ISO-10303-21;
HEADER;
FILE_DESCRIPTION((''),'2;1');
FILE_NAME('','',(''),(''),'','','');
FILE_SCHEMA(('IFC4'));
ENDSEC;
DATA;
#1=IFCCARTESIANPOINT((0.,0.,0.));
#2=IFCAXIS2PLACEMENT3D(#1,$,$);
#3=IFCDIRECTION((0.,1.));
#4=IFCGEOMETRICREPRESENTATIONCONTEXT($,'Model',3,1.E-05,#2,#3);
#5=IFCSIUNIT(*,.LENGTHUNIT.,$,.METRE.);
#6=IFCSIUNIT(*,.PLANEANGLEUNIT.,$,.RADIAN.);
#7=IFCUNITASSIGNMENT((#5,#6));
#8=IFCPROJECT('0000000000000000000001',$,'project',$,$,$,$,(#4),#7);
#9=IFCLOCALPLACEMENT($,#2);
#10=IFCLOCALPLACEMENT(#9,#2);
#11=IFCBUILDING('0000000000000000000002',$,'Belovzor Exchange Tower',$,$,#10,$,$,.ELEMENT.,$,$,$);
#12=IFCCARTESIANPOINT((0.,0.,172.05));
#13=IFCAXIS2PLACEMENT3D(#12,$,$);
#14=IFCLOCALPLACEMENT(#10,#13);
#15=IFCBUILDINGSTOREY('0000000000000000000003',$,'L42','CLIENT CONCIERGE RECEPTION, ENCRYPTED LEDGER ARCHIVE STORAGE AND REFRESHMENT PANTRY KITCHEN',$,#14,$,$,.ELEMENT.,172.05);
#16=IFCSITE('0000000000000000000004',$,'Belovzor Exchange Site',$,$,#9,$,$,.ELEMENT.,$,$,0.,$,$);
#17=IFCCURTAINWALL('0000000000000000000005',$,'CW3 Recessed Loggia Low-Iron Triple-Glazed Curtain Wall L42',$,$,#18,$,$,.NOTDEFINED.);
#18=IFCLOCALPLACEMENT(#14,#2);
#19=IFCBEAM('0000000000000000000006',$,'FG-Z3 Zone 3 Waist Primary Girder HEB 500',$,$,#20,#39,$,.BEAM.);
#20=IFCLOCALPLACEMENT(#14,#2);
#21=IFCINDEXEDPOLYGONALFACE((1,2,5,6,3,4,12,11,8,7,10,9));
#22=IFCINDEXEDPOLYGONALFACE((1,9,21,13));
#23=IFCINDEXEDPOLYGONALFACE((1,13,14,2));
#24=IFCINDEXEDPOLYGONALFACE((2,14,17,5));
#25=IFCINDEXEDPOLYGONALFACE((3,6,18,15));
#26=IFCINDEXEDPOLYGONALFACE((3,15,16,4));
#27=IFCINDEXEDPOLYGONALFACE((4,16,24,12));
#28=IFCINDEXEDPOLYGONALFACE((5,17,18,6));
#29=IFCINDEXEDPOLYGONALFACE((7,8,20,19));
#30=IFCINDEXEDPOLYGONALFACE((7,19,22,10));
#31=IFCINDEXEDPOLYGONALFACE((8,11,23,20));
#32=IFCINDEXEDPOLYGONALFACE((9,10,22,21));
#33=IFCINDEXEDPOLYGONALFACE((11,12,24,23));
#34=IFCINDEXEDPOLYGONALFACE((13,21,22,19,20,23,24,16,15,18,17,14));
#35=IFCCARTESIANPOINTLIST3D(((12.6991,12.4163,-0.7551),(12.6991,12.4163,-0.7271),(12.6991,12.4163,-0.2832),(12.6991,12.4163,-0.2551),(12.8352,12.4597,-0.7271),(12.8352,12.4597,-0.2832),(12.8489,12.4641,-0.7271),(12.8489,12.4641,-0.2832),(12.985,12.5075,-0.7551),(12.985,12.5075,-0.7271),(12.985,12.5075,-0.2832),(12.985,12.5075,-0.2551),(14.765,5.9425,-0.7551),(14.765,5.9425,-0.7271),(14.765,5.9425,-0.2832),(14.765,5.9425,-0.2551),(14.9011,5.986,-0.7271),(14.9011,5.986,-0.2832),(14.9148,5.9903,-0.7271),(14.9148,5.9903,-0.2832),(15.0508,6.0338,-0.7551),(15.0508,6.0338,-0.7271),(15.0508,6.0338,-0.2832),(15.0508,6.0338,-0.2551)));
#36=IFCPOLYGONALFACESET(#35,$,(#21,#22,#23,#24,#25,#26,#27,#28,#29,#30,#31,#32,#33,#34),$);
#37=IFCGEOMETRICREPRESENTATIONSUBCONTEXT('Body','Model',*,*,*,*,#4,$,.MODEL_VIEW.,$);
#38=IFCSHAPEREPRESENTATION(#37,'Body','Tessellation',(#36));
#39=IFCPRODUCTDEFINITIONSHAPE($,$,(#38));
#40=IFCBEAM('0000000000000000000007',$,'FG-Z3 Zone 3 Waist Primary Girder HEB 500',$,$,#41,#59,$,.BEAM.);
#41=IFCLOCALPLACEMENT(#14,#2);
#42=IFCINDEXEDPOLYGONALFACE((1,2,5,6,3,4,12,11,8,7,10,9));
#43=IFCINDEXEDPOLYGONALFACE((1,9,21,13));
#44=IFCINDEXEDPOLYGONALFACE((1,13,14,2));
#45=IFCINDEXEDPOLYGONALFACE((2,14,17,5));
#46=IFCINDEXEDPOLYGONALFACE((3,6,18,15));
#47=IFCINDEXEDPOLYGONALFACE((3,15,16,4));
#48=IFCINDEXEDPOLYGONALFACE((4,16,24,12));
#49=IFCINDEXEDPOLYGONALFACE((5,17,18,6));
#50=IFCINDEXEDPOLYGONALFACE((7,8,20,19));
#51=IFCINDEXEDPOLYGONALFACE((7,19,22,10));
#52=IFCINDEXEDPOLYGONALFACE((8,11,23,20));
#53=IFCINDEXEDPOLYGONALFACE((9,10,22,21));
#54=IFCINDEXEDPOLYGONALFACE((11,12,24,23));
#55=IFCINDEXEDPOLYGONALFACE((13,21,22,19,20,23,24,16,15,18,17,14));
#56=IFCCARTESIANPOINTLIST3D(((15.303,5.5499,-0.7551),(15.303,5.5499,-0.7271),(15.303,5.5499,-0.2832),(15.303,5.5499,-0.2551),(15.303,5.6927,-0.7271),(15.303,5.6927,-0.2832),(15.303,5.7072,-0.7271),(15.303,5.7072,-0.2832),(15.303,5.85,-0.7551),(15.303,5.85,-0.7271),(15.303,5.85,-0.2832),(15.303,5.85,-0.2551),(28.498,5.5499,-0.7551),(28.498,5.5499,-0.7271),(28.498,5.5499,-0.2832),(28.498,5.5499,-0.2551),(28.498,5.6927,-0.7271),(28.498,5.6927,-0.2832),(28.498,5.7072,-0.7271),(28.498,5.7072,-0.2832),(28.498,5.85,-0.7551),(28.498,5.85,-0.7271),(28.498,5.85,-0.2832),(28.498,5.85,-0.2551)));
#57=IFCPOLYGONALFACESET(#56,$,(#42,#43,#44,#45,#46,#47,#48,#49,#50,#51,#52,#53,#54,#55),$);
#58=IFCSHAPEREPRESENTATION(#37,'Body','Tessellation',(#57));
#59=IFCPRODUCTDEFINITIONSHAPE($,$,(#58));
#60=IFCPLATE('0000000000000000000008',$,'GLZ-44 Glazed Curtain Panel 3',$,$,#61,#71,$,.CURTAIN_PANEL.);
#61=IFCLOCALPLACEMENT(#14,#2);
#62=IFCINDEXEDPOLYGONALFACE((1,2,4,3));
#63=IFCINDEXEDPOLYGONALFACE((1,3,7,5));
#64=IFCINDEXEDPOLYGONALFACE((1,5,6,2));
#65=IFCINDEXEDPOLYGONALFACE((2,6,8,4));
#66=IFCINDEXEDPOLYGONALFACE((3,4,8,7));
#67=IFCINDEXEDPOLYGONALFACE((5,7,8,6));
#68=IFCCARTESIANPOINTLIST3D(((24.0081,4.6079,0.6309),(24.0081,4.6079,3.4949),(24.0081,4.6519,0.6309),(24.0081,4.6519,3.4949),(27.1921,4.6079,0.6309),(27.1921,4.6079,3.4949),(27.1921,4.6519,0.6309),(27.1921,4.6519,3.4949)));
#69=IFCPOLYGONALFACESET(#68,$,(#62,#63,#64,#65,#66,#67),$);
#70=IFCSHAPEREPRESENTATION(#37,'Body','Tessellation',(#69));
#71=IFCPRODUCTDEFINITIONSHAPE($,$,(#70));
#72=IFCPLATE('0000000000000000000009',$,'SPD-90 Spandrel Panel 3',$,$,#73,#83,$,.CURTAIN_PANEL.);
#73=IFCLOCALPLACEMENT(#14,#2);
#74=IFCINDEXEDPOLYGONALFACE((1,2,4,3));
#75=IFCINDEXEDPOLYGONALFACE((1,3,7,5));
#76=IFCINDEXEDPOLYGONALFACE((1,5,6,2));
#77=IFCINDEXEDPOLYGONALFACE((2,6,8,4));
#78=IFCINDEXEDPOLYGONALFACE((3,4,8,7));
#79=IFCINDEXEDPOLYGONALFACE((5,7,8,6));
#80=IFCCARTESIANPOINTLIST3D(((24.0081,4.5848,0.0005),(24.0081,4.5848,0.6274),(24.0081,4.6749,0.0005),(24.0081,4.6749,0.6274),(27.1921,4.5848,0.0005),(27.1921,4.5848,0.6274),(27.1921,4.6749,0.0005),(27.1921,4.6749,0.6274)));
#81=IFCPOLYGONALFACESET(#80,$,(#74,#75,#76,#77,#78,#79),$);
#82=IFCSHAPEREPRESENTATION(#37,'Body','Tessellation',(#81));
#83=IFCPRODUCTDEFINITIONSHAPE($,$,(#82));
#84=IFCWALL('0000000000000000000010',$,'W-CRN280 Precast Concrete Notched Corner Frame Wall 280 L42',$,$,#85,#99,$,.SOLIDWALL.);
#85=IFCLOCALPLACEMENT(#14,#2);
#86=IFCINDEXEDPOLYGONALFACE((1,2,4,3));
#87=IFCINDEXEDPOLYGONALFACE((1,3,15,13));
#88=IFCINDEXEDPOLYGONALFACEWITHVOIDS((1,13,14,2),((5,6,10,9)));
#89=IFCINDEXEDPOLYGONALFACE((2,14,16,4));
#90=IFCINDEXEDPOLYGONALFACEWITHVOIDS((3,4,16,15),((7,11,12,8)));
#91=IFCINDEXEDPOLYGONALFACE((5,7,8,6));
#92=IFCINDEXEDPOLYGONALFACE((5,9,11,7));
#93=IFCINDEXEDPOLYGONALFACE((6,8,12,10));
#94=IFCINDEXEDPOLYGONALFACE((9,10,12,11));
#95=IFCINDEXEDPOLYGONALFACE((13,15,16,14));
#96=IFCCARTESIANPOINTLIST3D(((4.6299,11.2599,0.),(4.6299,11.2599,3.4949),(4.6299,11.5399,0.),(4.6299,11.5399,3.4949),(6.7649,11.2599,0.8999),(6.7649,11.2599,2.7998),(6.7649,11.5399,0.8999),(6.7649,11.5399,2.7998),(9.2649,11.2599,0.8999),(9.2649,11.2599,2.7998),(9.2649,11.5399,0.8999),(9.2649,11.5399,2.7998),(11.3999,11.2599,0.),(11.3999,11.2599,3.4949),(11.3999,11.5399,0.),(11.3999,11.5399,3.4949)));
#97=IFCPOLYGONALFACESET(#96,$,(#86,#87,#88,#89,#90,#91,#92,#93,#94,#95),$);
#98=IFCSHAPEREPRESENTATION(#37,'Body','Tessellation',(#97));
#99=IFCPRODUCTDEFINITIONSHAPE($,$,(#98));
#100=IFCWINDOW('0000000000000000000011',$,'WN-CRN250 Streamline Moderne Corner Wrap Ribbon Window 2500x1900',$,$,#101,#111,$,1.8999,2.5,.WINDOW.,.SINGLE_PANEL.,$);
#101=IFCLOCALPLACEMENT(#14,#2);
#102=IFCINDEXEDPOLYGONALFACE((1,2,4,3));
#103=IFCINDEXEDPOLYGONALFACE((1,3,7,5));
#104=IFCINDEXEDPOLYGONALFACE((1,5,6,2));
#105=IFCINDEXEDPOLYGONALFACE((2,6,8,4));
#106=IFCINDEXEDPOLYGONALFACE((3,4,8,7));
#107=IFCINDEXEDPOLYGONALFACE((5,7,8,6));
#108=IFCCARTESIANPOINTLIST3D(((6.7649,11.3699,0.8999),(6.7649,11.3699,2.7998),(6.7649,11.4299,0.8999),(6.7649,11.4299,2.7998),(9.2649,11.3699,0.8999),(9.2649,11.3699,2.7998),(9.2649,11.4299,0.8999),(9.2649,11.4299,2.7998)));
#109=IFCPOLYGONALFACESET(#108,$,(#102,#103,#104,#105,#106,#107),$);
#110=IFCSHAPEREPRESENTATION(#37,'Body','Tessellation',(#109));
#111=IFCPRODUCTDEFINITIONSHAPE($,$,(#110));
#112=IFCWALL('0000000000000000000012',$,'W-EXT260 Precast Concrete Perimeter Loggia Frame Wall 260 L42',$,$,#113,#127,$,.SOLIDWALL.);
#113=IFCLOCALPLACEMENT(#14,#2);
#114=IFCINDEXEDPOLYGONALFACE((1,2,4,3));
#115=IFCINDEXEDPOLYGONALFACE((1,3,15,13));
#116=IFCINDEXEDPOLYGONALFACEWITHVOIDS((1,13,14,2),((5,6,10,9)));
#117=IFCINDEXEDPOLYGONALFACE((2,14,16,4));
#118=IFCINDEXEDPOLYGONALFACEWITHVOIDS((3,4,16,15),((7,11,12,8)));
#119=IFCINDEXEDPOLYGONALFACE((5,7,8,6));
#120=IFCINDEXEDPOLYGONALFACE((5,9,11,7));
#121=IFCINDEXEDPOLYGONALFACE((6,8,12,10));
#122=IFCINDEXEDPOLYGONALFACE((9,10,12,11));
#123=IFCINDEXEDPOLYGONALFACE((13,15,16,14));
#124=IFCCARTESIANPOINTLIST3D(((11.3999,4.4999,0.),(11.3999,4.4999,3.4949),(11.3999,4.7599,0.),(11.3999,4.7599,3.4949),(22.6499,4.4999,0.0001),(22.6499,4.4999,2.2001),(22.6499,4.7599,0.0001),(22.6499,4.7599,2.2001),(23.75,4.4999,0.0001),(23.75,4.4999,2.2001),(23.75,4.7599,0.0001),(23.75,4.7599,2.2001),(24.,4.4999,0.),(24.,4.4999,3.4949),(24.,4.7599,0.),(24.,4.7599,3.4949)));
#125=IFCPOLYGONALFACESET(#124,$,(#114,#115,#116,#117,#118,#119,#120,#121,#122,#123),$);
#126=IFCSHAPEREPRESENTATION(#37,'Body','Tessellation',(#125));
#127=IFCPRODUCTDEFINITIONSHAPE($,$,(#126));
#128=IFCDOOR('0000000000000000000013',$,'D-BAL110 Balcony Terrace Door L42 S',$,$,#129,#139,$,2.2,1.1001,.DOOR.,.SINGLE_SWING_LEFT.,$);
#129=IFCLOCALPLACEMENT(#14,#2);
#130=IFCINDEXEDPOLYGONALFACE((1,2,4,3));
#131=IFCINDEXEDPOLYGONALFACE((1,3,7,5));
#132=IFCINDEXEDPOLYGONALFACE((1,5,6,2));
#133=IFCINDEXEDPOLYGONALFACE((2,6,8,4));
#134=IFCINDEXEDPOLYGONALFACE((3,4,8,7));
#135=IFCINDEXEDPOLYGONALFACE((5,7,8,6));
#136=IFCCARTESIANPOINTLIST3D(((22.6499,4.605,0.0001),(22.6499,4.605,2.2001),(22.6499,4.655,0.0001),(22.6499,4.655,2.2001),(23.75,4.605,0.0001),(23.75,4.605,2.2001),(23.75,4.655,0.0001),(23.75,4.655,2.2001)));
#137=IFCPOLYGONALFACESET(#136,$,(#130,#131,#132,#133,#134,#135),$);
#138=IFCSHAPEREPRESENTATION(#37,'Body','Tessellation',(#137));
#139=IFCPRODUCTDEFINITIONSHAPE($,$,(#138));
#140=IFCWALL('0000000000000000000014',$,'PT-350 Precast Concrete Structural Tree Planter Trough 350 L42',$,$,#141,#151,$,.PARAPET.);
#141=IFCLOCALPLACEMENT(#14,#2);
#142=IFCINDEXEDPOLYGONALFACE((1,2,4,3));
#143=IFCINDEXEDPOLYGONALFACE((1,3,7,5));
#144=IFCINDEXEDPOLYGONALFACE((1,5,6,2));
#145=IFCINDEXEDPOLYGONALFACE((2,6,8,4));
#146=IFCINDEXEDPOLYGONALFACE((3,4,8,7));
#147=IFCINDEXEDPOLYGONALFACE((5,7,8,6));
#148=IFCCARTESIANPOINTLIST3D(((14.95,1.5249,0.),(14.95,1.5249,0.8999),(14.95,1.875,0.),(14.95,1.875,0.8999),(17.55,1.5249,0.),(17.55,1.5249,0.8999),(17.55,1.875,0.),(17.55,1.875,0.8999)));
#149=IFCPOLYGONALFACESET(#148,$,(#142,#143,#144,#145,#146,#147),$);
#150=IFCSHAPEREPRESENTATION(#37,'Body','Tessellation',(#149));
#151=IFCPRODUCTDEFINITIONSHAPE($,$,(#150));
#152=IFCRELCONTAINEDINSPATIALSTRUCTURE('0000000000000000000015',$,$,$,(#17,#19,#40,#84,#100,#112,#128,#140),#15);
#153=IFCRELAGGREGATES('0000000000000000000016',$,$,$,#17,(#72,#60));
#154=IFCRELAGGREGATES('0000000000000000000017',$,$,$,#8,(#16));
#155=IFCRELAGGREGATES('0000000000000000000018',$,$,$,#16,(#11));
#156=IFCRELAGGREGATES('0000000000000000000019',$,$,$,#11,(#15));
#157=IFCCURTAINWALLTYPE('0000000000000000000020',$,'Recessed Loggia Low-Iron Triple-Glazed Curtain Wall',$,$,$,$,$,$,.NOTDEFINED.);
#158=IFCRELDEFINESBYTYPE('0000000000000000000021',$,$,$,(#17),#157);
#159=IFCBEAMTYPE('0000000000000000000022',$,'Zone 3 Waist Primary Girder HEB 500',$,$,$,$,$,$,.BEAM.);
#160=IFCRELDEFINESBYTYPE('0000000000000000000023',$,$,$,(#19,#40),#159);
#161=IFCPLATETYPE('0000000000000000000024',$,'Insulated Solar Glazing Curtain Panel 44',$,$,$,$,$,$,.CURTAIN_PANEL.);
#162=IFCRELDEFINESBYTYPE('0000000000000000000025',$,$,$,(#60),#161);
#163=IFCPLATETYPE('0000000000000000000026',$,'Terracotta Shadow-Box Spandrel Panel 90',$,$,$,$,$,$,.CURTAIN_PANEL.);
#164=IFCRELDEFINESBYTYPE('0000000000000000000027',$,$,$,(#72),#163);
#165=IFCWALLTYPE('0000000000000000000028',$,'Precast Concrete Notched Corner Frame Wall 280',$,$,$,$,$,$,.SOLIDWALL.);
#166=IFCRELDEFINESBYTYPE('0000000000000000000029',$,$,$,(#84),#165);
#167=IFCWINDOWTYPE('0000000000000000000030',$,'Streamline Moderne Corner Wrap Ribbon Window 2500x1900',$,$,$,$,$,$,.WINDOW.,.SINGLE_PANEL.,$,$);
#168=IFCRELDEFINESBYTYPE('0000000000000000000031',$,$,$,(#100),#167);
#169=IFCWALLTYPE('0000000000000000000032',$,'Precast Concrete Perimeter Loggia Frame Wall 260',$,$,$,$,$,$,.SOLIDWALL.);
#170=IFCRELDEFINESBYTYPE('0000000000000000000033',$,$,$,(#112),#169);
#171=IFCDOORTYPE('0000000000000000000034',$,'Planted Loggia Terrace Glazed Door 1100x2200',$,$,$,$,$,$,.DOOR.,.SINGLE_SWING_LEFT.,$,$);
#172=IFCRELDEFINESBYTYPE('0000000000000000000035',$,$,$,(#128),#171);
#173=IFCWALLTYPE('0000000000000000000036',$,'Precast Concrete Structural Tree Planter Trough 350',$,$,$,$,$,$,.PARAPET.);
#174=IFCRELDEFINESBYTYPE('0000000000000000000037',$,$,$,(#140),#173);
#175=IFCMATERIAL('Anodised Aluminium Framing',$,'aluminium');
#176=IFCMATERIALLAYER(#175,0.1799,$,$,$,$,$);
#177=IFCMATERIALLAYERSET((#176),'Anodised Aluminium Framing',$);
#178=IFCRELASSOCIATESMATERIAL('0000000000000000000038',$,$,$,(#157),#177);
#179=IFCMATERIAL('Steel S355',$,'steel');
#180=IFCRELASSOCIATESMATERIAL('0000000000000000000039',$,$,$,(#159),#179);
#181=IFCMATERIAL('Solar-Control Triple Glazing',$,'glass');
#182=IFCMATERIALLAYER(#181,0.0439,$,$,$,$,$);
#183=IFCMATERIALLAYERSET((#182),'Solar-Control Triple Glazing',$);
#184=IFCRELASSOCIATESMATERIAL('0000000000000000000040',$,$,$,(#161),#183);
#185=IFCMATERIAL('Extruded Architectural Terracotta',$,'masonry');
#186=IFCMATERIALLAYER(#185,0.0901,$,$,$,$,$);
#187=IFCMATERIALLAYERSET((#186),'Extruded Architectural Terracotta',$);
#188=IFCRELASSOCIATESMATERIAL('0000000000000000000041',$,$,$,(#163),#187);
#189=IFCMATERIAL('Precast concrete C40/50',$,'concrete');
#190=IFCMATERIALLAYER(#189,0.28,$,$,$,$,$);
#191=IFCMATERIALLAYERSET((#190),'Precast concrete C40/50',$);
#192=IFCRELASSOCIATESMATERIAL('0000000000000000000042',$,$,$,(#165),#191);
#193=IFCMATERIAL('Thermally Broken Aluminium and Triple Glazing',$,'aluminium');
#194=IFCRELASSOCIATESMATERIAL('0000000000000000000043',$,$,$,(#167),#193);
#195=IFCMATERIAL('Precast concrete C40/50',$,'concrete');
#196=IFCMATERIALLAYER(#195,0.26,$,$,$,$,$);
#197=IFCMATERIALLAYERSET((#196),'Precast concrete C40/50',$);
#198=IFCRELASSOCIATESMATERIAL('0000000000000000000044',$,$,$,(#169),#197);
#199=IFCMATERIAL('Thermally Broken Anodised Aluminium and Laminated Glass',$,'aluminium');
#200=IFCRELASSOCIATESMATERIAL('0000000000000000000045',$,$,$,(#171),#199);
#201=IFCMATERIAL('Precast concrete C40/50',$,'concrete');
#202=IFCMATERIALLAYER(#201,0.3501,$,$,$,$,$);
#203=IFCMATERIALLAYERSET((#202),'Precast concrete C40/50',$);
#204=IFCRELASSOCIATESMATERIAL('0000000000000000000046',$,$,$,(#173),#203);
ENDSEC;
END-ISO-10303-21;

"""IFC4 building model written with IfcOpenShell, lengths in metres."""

from ifc_helpers import new_model, si_unit, direction, frame, frame_2d, origin, origin_2d, place, context, subcontext, project, spatial, rectangle, i_section, extrude, material, layer, layer_set, material_profile, profile_set, type_object, element, fill, aggregate, save


model = new_model("IFC4")

# Units and contexts
model_context = context("Model", 3, precision=1e-05, world=origin(), true_north=direction((0.0, 1.0)))
body_context = subcontext(model_context, "Body", "Model", "MODEL_VIEW")
ifc_project = project(units=[si_unit("LENGTHUNIT", "METRE"), si_unit("PLANEANGLEUNIT", "RADIAN")], contexts=[model_context])

# Site, building, storey
site_placement = place(None, origin())
site = spatial("IfcSite", under=ifc_project, at=site_placement, Name="Belovzor Exchange Site", CompositionType="ELEMENT", RefElevation=0.0)
building_placement = place(site_placement, origin())
building = spatial("IfcBuilding", under=site, at=building_placement, Name="Belovzor Exchange Tower", CompositionType="ELEMENT")
storey_placement = place(building_placement, frame((0.0, 0.0, 172.05)))
storey = spatial("IfcBuildingStorey", under=building, at=storey_placement, Name="L42", Description="CLIENT CONCIERGE RECEPTION, ENCRYPTED LEDGER ARCHIVE STORAGE AND REFRESHMENT PANTRY KITCHEN", CompositionType="ELEMENT", Elevation=172.05)

# Curtain wall
ifc_material_1 = material(Name="Anodised Aluminium Framing", Category="aluminium")
ifc_layer_1 = layer(ifc_material_1, 0.1799)
ifc_layer_set_1 = layer_set([ifc_layer_1], Name="Anodised Aluminium Framing")
curtain_wall_type = type_object("IfcCurtainWallType", Name="Recessed Loggia Low-Iron Triple-Glazed Curtain Wall", PredefinedType="NOTDEFINED", material=ifc_layer_set_1)
curtain_wall_placement = place(storey_placement, origin())
curtain_wall = element("IfcCurtainWall", 1, at=curtain_wall_placement, inside=storey, type_object=curtain_wall_type, Name="CW3 Recessed Loggia Low-Iron Triple-Glazed Curtain Wall L42", PredefinedType="NOTDEFINED")

# Beams
ifc_material_2 = material(Name="Steel S355", Category="steel")
ifc_material_profile_1 = material_profile(ifc_material_2, i_section(OverallWidth=0.3, OverallDepth=0.5, WebThickness=0.0144, FlangeThickness=0.0281, at=origin_2d()))
ifc_profile_set_1 = profile_set([ifc_material_profile_1], Name="Steel S355")
beam_type_1 = type_object("IfcBeamType", Name="Zone 3 Waist Primary Girder HEB 500", PredefinedType="BEAM", material=ifc_profile_set_1)
beam_1_placement = place(storey_placement, frame((12.842, 12.4619, -0.5051), z_axis=(0.304012, -0.952668, 0.0), x_axis=(0.952668, 0.304012, 0.0)))
element("IfcBeam", 2, at=beam_1_placement, inside=storey, type_object=beam_type_1, Name="FG-Z3 Zone 3 Waist Primary Girder HEB 500", PredefinedType="BEAM", context=body_context, shape_type="SweptSolid", body=[
    extrude(i_section(OverallWidth=0.3, OverallDepth=0.5, WebThickness=0.0144, FlangeThickness=0.0281, at=origin_2d()), origin(), (0.0, 0.0, 1.0), 6.7954),
])
beam_2_placement = place(storey_placement, frame((15.303, 5.7, -0.5051), z_axis=(1.0, 0.0, 0.0), x_axis=(0.0, 1.0, 0.0)))
element("IfcBeam", 3, at=beam_2_placement, inside=storey, type_object=beam_type_1, Name="FG-Z3 Zone 3 Waist Primary Girder HEB 500", PredefinedType="BEAM", context=body_context, shape_type="SweptSolid", body=[
    extrude(i_section(OverallWidth=0.3, OverallDepth=0.5, WebThickness=0.0144, FlangeThickness=0.0281, at=origin_2d()), origin(), (0.0, 0.0, 1.0), 13.1951),
])

# Plates
ifc_material_3 = material(Name="Solar-Control Triple Glazing", Category="glass")
ifc_layer_2 = layer(ifc_material_3, 0.0439)
ifc_layer_set_2 = layer_set([ifc_layer_2], Name="Solar-Control Triple Glazing")
plate_type_1 = type_object("IfcPlateType", Name="Insulated Solar Glazing Curtain Panel 44", PredefinedType="CURTAIN_PANEL", material=ifc_layer_set_2)
plate_1_placement = place(storey_placement, frame((25.6001, 4.6299, 0.6309), z_axis=(0.0, 0.0, 1.0), x_axis=(-1.0, 0.0, 0.0)))
plate_1 = element("IfcPlate", 4, at=plate_1_placement, type_object=plate_type_1, Name="GLZ-44 Glazed Curtain Panel 3", PredefinedType="CURTAIN_PANEL", context=body_context, shape_type="SweptSolid", body=[
    extrude(rectangle(XDim=3.1841, YDim=0.0439, at=origin_2d()), origin(), (0.0, 0.0, 1.0), 2.864),
])
ifc_material_4 = material(Name="Extruded Architectural Terracotta", Category="masonry")
ifc_layer_3 = layer(ifc_material_4, 0.0901)
ifc_layer_set_3 = layer_set([ifc_layer_3], Name="Extruded Architectural Terracotta")
plate_type_2 = type_object("IfcPlateType", Name="Terracotta Shadow-Box Spandrel Panel 90", PredefinedType="CURTAIN_PANEL", material=ifc_layer_set_3)
plate_2_placement = place(storey_placement, frame((25.6001, 4.6299, 0.0005), z_axis=(0.0, 0.0, 1.0), x_axis=(-1.0, 0.0, 0.0)))
plate_2 = element("IfcPlate", 5, at=plate_2_placement, type_object=plate_type_2, Name="SPD-90 Spandrel Panel 3", PredefinedType="CURTAIN_PANEL", context=body_context, shape_type="SweptSolid", body=[
    extrude(rectangle(XDim=3.1841, YDim=0.0901, at=origin_2d()), origin(), (0.0, 0.0, 1.0), 0.627),
])
aggregate(curtain_wall, [plate_2, plate_1])

# Wall, opening, window
ifc_material_5 = material(Name="Precast concrete C40/50", Category="concrete")
ifc_layer_4 = layer(ifc_material_5, 0.28)
ifc_layer_set_4 = layer_set([ifc_layer_4], Name="Precast concrete C40/50")
wall_type_1 = type_object("IfcWallType", Name="Precast Concrete Notched Corner Frame Wall 280", PredefinedType="SOLIDWALL", material=ifc_layer_set_4)
wall_1_placement = place(storey_placement, frame((11.3999, 11.3999, 0.0), z_axis=(0.0, 0.0, 1.0), x_axis=(-1.0, 0.0, 0.0)))
wall_1 = element("IfcWall", 6, at=wall_1_placement, inside=storey, type_object=wall_type_1, Name="W-CRN280 Precast Concrete Notched Corner Frame Wall 280 L42", PredefinedType="SOLIDWALL", context=body_context, shape_type="SweptSolid", body=[
    extrude(rectangle(XDim=6.77, YDim=0.28, at=frame_2d((3.385, 0.0))), origin(), (0.0, 0.0, 1.0), 3.4949),
])
opening_1_placement = place(wall_1_placement, frame((2.135, 0.0, 0.8999)))
opening_1 = element("IfcOpeningElement", 7, at=opening_1_placement, cuts=wall_1, PredefinedType="OPENING", context=body_context, shape_type="SweptSolid", body=[
    extrude(rectangle(XDim=2.5, YDim=1.8999, at=frame_2d((1.25, 0.95))), frame((0.0, 0.1499, 0.0), z_axis=(0.0, -1.0, 0.0), x_axis=(1.0, 0.0, 0.0)), (0.0, 0.0, 1.0), 0.3),
])
ifc_material_6 = material(Name="Thermally Broken Aluminium and Triple Glazing", Category="aluminium")
window_type = type_object("IfcWindowType", Name="Streamline Moderne Corner Wrap Ribbon Window 2500x1900", PartitioningType="SINGLE_PANEL", PredefinedType="WINDOW", material=ifc_material_6)
window_placement = place(opening_1_placement, origin())
window = element("IfcWindow", 8, at=window_placement, inside=storey, type_object=window_type, Name="WN-CRN250 Streamline Moderne Corner Wrap Ribbon Window 2500x1900", OverallHeight=1.8999, OverallWidth=2.5, PartitioningType="SINGLE_PANEL", PredefinedType="WINDOW", context=body_context, shape_type="SweptSolid", body=[
    extrude(rectangle(XDim=2.5, YDim=1.8999, at=frame_2d((1.25, 0.95))), frame((0.0, 0.03, 0.0), z_axis=(0.0, -1.0, 0.0), x_axis=(1.0, 0.0, 0.0)), (0.0, 0.0, 1.0), 0.0601),
])
fill(opening_1, window)

# Wall, opening, door
ifc_material_7 = material(Name="Precast concrete C40/50", Category="concrete")
ifc_layer_5 = layer(ifc_material_7, 0.26)
ifc_layer_set_5 = layer_set([ifc_layer_5], Name="Precast concrete C40/50")
wall_type_2 = type_object("IfcWallType", Name="Precast Concrete Perimeter Loggia Frame Wall 260", PredefinedType="SOLIDWALL", material=ifc_layer_set_5)
wall_2_placement = place(storey_placement, frame((24.0, 4.6299, 0.0), z_axis=(0.0, 0.0, 1.0), x_axis=(-1.0, 0.0, 0.0)))
wall_2 = element("IfcWall", 9, at=wall_2_placement, inside=storey, type_object=wall_type_2, Name="W-EXT260 Precast Concrete Perimeter Loggia Frame Wall 260 L42", PredefinedType="SOLIDWALL", context=body_context, shape_type="SweptSolid", body=[
    extrude(rectangle(XDim=12.6001, YDim=0.26, at=frame_2d((6.3, 0.0))), origin(), (0.0, 0.0, 1.0), 3.4949),
])
opening_2_placement = place(wall_2_placement, frame((0.25, 0.0, 0.0)))
opening_2 = element("IfcOpeningElement", 10, at=opening_2_placement, cuts=wall_2, PredefinedType="OPENING", context=body_context, shape_type="SweptSolid", body=[
    extrude(rectangle(XDim=1.1001, YDim=2.2, at=frame_2d((0.55, 1.1001))), frame((0.0, 0.1399, 0.0), z_axis=(0.0, -1.0, 0.0), x_axis=(1.0, 0.0, 0.0)), (0.0, 0.0, 1.0), 0.28),
])
ifc_material_8 = material(Name="Thermally Broken Anodised Aluminium and Laminated Glass", Category="aluminium")
door_type = type_object("IfcDoorType", Name="Planted Loggia Terrace Glazed Door 1100x2200", OperationType="SINGLE_SWING_LEFT", PredefinedType="DOOR", material=ifc_material_8)
door_placement = place(opening_2_placement, origin())
door = element("IfcDoor", 11, at=door_placement, inside=storey, type_object=door_type, Name="D-BAL110 Balcony Terrace Door L42 S", OperationType="SINGLE_SWING_LEFT", OverallHeight=2.2, OverallWidth=1.1001, PredefinedType="DOOR", context=body_context, shape_type="SweptSolid", body=[
    extrude(rectangle(XDim=1.1001, YDim=2.2, at=frame_2d((0.55, 1.1001))), frame((0.0, 0.0249, 0.0), z_axis=(0.0, -1.0, 0.0), x_axis=(1.0, 0.0, 0.0)), (0.0, 0.0, 1.0), 0.05),
])
fill(opening_2, door)

# Wall
ifc_material_9 = material(Name="Precast concrete C40/50", Category="concrete")
ifc_layer_6 = layer(ifc_material_9, 0.3501)
ifc_layer_set_6 = layer_set([ifc_layer_6], Name="Precast concrete C40/50")
wall_type_3 = type_object("IfcWallType", Name="Precast Concrete Structural Tree Planter Trough 350", PredefinedType="PARAPET", material=ifc_layer_set_6)
wall_3_placement = place(storey_placement, frame((14.95, 1.7, 0.0), z_axis=(0.0, 0.0, 1.0), x_axis=(1.0, 0.0, 0.0)))
element("IfcWall", 12, at=wall_3_placement, inside=storey, type_object=wall_type_3, Name="PT-350 Precast Concrete Structural Tree Planter Trough 350 L42", PredefinedType="PARAPET", context=body_context, shape_type="SweptSolid", body=[
    extrude(rectangle(XDim=2.6001, YDim=0.3501, at=frame_2d((1.3, 0.0))), origin(), (0.0, 0.0, 1.0), 0.8999),
])

save(model, "model.ifc")
